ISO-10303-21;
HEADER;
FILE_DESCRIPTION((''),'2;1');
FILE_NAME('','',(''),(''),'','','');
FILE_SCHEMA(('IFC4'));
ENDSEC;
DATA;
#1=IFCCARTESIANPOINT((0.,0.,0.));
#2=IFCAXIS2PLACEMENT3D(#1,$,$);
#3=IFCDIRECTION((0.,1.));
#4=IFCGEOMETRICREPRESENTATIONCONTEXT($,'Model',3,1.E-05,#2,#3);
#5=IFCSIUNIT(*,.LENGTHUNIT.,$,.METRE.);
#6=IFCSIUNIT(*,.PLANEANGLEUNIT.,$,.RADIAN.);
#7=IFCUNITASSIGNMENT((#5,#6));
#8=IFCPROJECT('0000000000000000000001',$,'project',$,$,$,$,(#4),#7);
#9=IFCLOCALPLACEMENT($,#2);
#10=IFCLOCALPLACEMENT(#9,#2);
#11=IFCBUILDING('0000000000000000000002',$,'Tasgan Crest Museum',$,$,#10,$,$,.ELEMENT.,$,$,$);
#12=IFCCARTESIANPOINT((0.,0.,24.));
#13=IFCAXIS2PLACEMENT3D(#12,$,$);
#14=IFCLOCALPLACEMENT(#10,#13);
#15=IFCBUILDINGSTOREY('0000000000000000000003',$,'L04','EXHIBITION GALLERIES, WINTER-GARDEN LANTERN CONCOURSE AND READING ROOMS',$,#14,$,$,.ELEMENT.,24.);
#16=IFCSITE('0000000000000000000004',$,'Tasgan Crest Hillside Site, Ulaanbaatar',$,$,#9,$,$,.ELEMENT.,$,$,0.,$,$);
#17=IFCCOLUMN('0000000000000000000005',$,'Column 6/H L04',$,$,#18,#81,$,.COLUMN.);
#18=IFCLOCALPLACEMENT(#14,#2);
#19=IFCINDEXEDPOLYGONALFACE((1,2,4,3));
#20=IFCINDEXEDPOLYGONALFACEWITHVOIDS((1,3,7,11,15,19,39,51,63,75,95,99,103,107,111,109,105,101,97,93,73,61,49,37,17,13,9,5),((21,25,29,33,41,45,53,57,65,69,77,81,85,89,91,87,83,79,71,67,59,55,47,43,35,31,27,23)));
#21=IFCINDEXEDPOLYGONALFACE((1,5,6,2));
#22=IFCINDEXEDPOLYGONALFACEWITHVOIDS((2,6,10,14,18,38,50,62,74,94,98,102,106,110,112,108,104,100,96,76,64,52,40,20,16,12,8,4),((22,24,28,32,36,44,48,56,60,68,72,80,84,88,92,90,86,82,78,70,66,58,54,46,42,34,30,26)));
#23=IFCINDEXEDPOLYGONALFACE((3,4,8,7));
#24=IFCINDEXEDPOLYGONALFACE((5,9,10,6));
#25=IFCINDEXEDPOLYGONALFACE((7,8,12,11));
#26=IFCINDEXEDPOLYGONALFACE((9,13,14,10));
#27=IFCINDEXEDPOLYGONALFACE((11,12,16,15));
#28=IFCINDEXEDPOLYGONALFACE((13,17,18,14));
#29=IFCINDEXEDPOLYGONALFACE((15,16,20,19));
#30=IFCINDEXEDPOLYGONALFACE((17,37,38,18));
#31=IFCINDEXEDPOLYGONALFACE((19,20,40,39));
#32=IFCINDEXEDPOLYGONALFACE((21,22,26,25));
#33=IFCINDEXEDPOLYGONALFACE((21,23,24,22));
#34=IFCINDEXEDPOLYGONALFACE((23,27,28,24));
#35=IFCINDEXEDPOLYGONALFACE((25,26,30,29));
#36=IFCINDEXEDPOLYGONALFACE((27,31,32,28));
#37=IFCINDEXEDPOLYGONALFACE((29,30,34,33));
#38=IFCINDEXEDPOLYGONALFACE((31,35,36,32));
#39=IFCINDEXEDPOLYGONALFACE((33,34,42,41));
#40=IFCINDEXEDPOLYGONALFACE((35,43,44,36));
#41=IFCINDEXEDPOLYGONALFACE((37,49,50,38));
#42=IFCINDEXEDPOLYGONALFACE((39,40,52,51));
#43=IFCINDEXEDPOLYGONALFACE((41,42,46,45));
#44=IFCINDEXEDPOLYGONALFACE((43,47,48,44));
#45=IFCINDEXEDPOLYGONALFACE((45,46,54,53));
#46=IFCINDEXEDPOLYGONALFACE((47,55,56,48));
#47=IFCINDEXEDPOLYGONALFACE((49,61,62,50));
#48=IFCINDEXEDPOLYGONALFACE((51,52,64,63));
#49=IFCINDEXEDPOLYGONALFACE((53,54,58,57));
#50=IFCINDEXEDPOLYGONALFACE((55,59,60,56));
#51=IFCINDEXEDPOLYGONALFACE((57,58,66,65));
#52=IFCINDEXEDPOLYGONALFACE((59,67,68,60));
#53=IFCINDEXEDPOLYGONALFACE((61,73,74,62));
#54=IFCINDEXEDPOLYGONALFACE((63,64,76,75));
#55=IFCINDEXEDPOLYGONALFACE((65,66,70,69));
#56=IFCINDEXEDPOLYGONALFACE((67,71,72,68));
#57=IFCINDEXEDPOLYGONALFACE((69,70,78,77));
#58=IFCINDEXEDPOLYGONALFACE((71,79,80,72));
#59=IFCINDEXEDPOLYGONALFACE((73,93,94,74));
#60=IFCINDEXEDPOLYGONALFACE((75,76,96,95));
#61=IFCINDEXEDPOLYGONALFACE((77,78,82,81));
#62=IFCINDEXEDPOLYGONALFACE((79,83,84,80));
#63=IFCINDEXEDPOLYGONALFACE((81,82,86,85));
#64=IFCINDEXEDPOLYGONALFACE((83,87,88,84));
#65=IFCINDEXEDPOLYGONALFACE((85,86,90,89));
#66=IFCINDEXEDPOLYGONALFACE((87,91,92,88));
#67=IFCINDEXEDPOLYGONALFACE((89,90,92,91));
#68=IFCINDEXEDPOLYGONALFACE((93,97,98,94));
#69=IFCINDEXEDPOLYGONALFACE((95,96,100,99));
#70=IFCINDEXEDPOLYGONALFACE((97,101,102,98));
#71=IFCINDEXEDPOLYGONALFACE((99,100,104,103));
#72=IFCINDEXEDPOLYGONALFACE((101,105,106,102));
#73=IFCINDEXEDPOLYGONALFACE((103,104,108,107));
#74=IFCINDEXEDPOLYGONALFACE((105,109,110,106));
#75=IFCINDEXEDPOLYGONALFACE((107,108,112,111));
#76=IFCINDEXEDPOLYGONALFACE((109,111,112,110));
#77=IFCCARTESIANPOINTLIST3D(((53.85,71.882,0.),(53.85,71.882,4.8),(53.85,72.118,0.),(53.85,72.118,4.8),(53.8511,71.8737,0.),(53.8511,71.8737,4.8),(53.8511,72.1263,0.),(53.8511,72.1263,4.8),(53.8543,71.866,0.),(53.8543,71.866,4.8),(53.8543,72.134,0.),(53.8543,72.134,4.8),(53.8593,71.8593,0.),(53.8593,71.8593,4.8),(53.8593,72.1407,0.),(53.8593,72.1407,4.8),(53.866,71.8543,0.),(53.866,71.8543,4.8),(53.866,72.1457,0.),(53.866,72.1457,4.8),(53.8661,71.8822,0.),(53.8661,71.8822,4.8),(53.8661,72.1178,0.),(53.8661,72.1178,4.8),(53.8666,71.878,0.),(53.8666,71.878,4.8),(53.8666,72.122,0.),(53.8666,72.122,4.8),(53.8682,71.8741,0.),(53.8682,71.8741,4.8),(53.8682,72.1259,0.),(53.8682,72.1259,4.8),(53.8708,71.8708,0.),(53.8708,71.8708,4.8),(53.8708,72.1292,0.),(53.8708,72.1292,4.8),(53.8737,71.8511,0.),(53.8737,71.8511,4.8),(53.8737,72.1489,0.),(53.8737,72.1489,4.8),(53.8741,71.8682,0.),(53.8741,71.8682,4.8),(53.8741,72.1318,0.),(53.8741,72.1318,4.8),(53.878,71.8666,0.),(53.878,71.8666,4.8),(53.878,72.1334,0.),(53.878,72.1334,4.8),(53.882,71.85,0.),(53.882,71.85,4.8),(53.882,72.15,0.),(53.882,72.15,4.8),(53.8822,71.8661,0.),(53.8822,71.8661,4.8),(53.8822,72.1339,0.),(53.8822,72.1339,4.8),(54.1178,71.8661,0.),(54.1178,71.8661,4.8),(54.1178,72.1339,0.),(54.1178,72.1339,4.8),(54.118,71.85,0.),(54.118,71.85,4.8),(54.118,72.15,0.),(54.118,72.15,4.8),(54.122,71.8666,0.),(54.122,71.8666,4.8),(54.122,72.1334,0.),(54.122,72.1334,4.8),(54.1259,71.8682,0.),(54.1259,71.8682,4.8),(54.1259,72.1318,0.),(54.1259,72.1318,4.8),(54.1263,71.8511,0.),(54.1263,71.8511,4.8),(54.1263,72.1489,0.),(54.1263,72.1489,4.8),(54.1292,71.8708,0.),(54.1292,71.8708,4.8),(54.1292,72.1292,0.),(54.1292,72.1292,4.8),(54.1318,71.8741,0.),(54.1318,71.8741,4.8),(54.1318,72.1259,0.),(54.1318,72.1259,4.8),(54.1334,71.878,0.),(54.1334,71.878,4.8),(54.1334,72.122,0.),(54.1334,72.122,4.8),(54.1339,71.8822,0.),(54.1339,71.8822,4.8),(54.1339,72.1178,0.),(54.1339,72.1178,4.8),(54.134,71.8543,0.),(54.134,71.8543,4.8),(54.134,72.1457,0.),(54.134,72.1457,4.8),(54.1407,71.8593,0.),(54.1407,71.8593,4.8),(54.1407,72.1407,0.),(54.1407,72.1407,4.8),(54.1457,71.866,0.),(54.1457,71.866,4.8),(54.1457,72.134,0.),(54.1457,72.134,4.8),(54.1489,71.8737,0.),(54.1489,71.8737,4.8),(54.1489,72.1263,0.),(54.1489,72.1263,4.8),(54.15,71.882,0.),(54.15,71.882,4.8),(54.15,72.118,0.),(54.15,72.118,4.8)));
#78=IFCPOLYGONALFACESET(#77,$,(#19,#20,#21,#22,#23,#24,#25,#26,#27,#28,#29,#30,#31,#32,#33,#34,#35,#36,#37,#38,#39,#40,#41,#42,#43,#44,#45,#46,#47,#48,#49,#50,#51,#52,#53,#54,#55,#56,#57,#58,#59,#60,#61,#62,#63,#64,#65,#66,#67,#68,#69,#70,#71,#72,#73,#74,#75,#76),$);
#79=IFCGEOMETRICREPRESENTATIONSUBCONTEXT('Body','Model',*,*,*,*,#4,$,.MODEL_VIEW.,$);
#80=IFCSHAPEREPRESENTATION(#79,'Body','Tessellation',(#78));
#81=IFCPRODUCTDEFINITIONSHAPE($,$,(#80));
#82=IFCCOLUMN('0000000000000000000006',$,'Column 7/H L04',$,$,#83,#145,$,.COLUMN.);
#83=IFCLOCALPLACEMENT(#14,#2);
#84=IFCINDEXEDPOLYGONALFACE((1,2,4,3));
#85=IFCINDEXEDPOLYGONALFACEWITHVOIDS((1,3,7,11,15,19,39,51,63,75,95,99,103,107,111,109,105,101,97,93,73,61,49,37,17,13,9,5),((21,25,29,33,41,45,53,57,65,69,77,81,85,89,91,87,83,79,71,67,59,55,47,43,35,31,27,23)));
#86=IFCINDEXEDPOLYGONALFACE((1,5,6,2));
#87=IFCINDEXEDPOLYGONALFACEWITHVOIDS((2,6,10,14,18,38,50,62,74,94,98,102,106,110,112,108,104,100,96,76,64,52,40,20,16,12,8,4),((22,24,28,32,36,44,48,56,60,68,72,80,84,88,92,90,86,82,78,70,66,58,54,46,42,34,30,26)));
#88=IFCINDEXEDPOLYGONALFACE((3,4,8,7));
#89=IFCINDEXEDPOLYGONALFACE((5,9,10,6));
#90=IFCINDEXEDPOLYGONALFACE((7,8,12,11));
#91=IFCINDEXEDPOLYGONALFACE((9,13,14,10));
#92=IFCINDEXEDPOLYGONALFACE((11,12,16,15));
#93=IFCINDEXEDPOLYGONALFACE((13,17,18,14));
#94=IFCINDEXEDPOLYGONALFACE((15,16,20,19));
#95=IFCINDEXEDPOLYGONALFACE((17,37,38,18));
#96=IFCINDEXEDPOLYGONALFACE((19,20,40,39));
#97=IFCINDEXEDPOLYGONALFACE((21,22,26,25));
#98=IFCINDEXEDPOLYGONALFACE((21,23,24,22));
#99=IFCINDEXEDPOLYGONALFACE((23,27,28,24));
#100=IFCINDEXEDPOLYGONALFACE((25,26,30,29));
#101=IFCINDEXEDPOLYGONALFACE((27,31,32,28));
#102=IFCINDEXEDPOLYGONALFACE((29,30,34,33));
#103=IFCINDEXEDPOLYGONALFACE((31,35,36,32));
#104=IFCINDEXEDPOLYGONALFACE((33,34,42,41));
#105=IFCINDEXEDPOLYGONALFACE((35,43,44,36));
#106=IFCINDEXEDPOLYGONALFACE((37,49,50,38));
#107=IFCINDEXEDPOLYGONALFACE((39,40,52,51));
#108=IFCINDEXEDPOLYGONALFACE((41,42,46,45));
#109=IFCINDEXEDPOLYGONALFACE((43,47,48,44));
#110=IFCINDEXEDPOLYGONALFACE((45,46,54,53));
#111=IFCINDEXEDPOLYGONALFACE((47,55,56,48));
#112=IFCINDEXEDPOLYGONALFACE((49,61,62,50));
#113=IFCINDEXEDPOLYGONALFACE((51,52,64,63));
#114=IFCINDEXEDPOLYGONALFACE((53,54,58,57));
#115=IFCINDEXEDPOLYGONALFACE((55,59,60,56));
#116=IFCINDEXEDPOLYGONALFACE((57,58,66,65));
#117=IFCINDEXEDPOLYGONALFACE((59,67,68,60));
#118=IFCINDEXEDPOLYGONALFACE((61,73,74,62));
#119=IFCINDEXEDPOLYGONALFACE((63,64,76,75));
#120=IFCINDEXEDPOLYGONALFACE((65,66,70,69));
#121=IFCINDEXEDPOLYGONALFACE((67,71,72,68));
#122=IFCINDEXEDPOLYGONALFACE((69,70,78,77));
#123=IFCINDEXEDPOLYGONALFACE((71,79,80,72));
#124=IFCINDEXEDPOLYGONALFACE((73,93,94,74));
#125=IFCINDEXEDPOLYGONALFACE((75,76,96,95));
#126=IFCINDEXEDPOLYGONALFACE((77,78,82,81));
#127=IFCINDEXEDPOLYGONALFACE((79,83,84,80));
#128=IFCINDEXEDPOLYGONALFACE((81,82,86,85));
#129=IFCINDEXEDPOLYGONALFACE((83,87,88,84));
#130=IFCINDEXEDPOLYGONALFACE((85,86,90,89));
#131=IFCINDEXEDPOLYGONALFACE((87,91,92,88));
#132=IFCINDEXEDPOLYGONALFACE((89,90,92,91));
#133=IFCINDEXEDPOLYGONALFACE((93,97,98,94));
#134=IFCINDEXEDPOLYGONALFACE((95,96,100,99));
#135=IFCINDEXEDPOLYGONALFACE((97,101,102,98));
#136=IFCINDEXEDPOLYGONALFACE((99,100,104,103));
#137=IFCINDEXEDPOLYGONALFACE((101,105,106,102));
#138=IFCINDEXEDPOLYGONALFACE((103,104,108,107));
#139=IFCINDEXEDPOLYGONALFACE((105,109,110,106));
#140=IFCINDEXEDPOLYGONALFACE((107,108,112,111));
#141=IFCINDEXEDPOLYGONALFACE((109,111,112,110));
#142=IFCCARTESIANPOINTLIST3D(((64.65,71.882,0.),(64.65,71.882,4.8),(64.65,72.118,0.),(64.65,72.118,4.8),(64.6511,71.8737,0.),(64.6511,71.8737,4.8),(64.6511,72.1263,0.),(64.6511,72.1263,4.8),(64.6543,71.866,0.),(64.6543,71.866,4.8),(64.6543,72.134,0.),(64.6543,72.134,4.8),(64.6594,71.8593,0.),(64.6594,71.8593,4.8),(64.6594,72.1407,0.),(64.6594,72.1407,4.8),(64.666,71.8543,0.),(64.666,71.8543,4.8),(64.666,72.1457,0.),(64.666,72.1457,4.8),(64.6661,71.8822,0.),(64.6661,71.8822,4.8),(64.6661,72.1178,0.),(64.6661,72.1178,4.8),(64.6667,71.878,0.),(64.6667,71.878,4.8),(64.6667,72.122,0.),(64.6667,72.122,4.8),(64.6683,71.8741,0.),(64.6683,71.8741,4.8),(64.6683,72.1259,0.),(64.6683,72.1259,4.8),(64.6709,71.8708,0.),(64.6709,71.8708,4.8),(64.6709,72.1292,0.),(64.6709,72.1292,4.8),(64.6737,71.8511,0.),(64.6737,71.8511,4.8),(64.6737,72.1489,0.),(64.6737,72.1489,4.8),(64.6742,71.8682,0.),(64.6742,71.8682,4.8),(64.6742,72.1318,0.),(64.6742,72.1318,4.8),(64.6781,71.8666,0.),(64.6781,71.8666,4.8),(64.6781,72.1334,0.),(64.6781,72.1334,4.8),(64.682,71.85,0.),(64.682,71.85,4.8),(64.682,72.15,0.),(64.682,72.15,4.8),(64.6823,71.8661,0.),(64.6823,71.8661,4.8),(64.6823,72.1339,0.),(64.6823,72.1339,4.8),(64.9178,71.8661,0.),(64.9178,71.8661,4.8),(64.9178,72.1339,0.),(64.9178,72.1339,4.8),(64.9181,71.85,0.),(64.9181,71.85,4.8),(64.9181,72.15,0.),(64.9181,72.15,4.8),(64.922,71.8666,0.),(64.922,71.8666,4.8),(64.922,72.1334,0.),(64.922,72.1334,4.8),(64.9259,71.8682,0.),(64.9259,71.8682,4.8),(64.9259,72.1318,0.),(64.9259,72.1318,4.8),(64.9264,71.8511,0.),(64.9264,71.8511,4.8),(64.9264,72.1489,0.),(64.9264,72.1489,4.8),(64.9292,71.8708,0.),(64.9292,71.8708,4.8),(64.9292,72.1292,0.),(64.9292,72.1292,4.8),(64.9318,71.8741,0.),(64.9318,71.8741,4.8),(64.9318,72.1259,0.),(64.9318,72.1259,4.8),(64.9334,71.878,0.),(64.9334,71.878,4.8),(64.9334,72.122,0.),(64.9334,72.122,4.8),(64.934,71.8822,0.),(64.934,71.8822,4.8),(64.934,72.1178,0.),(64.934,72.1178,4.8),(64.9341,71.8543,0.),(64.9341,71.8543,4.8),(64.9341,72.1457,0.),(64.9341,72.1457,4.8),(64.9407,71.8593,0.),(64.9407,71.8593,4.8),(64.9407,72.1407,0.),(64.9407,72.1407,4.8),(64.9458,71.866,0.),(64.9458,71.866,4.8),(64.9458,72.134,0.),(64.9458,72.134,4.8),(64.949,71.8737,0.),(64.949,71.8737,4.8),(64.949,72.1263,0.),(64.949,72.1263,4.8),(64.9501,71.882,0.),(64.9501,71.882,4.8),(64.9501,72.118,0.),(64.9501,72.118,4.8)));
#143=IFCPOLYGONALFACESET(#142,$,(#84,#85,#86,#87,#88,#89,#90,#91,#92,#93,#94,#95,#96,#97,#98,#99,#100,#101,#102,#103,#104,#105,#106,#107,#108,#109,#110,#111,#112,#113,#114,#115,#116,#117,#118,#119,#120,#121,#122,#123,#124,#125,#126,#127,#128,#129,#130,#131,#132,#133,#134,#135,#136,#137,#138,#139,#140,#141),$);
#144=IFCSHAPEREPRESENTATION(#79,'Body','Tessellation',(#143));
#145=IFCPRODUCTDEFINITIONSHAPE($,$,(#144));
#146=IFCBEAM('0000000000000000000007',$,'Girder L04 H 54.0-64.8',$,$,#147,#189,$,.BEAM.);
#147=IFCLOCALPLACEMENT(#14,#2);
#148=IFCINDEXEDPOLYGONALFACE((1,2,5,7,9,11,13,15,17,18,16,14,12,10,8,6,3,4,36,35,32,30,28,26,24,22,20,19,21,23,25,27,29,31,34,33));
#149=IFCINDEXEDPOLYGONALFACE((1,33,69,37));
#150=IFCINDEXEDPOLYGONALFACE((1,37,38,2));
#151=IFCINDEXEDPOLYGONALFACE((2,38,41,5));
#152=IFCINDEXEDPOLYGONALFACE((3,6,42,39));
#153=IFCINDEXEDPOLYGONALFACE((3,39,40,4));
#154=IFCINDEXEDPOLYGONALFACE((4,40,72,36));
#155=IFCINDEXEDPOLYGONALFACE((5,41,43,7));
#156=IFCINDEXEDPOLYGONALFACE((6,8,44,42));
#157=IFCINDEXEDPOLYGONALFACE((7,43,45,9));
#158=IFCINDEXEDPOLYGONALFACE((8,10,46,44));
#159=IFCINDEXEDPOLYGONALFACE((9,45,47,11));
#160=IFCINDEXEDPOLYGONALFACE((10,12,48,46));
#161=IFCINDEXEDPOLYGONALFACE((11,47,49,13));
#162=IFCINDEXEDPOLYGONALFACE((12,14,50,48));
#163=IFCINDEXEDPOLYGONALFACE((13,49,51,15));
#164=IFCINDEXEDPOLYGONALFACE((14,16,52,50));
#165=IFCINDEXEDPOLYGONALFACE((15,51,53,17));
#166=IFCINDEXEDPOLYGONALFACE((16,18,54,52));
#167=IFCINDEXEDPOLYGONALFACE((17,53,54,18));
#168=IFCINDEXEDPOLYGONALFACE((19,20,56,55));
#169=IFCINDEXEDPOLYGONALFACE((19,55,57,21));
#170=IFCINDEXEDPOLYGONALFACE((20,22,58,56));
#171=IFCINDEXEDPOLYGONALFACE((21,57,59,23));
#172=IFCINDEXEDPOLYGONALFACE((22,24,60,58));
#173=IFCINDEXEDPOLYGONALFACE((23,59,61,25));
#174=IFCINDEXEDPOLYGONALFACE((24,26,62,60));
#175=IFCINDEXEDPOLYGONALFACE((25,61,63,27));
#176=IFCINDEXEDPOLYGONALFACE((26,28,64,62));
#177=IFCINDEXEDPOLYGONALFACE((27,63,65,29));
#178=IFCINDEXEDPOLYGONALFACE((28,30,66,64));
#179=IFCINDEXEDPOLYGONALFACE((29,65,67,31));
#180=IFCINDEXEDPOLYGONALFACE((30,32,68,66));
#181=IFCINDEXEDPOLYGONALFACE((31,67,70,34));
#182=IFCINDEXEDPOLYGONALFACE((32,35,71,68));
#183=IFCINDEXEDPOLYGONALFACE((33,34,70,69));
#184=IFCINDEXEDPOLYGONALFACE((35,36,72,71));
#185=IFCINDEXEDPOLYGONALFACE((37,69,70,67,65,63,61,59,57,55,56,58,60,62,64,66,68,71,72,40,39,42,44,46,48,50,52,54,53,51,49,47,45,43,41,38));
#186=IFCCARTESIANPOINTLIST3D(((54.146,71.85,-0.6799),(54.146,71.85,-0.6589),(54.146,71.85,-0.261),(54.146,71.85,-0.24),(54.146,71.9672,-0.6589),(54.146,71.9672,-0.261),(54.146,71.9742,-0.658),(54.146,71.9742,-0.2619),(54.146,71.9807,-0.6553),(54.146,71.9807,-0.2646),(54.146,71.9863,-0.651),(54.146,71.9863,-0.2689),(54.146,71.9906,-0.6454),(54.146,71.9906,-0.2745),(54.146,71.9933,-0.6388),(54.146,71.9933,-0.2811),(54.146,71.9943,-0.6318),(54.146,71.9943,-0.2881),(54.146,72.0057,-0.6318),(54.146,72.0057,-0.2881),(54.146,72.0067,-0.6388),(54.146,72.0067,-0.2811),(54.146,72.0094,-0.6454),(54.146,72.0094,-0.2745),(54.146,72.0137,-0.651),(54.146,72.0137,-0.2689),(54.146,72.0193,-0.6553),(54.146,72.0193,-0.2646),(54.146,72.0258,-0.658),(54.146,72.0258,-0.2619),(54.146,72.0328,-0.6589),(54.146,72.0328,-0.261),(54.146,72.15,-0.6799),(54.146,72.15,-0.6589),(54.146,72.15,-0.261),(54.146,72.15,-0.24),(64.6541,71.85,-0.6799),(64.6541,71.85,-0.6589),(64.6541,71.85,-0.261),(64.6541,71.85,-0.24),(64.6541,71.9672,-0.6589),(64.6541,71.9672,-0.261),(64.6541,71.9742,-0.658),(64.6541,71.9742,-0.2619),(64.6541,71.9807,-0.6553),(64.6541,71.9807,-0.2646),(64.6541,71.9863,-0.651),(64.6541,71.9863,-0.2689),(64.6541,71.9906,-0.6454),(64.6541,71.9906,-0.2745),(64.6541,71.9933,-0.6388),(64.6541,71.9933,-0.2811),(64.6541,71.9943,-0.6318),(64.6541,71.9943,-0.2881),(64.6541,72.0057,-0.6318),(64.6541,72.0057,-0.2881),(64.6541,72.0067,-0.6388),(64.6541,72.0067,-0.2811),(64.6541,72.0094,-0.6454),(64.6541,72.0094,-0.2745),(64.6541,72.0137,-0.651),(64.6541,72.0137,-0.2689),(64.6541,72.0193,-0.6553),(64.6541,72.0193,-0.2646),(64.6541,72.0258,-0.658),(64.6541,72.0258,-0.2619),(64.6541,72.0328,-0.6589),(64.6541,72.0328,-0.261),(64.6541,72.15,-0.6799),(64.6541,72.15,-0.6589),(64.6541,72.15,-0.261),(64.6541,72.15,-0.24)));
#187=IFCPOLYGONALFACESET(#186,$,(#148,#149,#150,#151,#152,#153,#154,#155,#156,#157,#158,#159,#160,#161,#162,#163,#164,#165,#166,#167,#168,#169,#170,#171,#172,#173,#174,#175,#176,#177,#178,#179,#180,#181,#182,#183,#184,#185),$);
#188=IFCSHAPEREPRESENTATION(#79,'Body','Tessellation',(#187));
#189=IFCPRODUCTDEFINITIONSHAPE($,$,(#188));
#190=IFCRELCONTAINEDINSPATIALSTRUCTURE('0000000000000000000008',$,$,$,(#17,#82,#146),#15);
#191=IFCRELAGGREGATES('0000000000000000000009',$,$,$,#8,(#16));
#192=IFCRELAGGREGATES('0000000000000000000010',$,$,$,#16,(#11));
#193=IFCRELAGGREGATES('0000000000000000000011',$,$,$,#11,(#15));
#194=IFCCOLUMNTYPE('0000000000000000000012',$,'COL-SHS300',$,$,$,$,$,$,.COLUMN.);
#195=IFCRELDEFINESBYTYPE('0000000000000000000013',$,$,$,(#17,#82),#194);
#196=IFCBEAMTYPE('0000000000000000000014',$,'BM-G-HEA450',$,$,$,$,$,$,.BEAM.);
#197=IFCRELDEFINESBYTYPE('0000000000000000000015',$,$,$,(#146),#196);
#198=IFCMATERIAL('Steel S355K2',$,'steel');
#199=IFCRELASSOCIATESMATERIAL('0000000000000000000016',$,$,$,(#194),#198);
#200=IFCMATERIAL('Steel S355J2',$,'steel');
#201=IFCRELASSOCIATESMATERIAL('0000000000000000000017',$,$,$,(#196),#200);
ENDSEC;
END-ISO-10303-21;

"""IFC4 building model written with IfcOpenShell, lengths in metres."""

from ifc_helpers import new_model, si_unit, direction, frame, origin, origin_2d, place, context, subcontext, project, spatial, hollow_rectangle, i_section, extrude, material, material_profile, profile_set, type_object, element, save


model = new_model("IFC4")

# Units and contexts
model_context = context("Model", 3, precision=1e-05, world=origin(), true_north=direction((0.0, 1.0)))
body_context = subcontext(model_context, "Body", "Model", "MODEL_VIEW")
ifc_project = project(units=[si_unit("LENGTHUNIT", "METRE"), si_unit("PLANEANGLEUNIT", "RADIAN")], contexts=[model_context])

# Site, building, storey
site_placement = place(None, origin())
site = spatial("IfcSite", under=ifc_project, at=site_placement, Name="Tasgan Crest Hillside Site, Ulaanbaatar", CompositionType="ELEMENT", RefElevation=0.0)
building_placement = place(site_placement, origin())
building = spatial("IfcBuilding", under=site, at=building_placement, Name="Tasgan Crest Museum", CompositionType="ELEMENT")
storey_placement = place(building_placement, frame((0.0, 0.0, 24.0)))
storey = spatial("IfcBuildingStorey", under=building, at=storey_placement, Name="L04", Description="EXHIBITION GALLERIES, WINTER-GARDEN LANTERN CONCOURSE AND READING ROOMS", CompositionType="ELEMENT", Elevation=24.0)

# Columns
ifc_material_1 = material(Name="Steel S355K2", Category="steel")
ifc_material_profile_1 = material_profile(ifc_material_1, hollow_rectangle(XDim=0.3, YDim=0.3, WallThickness=0.0161, InnerFilletRadius=0.0161, OuterFilletRadius=0.032, at=origin_2d()), Name="SHS 300x300x16")
ifc_profile_set_1 = profile_set([ifc_material_profile_1], Name="Steel S355K2")
column_type = type_object("IfcColumnType", Name="COL-SHS300", PredefinedType="COLUMN", material=ifc_profile_set_1)
for number, where, z_axis, x_axis, name in (
    (1, (54.0, 72.0, 0.0), (0.0, 0.0, 1.0), (1.0, 0.0, 0.0), "Column 6/H L04"),
    (2, (64.8, 72.0, 0.0), (0.0, 0.0, 1.0), (1.0, 0.0, 0.0), "Column 7/H L04"),
):
    element("IfcColumn", number, at=place(storey_placement, frame(where, z_axis=z_axis, x_axis=x_axis)), inside=storey, type_object=column_type, Name=name, PredefinedType="COLUMN", context=body_context, shape_type="SweptSolid", body=[
        extrude(hollow_rectangle(XDim=0.3, YDim=0.3, WallThickness=0.0161, InnerFilletRadius=0.0161, OuterFilletRadius=0.032, at=origin_2d()), origin(), (0.0, 0.0, 1.0), 4.8),
    ])

# Beam
ifc_material_2 = material(Name="Steel S355J2", Category="steel")
ifc_material_profile_2 = material_profile(ifc_material_2, i_section(OverallWidth=0.3, OverallDepth=0.4399, WebThickness=0.0115, FlangeThickness=0.021, FilletRadius=0.0271, at=origin_2d()), Name="HEA 450")
ifc_profile_set_2 = profile_set([ifc_material_profile_2], Name="Steel S355J2")
beam_type_1 = type_object("IfcBeamType", Name="BM-G-HEA450", PredefinedType="BEAM", material=ifc_profile_set_2)
beam_1_placement = place(storey_placement, frame((54.146, 72.0, -0.46), z_axis=(1.0, 0.0, 0.0), x_axis=(0.0, 1.0, 0.0)))
element("IfcBeam", 3, at=beam_1_placement, inside=storey, type_object=beam_type_1, Name="Girder L04 H 54.0-64.8", PredefinedType="BEAM", context=body_context, shape_type="SweptSolid", body=[
    extrude(i_section(OverallWidth=0.3, OverallDepth=0.4399, WebThickness=0.0115, FlangeThickness=0.021, FilletRadius=0.0271, at=origin_2d()), origin(), (0.0, 0.0, 1.0), 10.5081),
])

save(model, "model.ifc")
